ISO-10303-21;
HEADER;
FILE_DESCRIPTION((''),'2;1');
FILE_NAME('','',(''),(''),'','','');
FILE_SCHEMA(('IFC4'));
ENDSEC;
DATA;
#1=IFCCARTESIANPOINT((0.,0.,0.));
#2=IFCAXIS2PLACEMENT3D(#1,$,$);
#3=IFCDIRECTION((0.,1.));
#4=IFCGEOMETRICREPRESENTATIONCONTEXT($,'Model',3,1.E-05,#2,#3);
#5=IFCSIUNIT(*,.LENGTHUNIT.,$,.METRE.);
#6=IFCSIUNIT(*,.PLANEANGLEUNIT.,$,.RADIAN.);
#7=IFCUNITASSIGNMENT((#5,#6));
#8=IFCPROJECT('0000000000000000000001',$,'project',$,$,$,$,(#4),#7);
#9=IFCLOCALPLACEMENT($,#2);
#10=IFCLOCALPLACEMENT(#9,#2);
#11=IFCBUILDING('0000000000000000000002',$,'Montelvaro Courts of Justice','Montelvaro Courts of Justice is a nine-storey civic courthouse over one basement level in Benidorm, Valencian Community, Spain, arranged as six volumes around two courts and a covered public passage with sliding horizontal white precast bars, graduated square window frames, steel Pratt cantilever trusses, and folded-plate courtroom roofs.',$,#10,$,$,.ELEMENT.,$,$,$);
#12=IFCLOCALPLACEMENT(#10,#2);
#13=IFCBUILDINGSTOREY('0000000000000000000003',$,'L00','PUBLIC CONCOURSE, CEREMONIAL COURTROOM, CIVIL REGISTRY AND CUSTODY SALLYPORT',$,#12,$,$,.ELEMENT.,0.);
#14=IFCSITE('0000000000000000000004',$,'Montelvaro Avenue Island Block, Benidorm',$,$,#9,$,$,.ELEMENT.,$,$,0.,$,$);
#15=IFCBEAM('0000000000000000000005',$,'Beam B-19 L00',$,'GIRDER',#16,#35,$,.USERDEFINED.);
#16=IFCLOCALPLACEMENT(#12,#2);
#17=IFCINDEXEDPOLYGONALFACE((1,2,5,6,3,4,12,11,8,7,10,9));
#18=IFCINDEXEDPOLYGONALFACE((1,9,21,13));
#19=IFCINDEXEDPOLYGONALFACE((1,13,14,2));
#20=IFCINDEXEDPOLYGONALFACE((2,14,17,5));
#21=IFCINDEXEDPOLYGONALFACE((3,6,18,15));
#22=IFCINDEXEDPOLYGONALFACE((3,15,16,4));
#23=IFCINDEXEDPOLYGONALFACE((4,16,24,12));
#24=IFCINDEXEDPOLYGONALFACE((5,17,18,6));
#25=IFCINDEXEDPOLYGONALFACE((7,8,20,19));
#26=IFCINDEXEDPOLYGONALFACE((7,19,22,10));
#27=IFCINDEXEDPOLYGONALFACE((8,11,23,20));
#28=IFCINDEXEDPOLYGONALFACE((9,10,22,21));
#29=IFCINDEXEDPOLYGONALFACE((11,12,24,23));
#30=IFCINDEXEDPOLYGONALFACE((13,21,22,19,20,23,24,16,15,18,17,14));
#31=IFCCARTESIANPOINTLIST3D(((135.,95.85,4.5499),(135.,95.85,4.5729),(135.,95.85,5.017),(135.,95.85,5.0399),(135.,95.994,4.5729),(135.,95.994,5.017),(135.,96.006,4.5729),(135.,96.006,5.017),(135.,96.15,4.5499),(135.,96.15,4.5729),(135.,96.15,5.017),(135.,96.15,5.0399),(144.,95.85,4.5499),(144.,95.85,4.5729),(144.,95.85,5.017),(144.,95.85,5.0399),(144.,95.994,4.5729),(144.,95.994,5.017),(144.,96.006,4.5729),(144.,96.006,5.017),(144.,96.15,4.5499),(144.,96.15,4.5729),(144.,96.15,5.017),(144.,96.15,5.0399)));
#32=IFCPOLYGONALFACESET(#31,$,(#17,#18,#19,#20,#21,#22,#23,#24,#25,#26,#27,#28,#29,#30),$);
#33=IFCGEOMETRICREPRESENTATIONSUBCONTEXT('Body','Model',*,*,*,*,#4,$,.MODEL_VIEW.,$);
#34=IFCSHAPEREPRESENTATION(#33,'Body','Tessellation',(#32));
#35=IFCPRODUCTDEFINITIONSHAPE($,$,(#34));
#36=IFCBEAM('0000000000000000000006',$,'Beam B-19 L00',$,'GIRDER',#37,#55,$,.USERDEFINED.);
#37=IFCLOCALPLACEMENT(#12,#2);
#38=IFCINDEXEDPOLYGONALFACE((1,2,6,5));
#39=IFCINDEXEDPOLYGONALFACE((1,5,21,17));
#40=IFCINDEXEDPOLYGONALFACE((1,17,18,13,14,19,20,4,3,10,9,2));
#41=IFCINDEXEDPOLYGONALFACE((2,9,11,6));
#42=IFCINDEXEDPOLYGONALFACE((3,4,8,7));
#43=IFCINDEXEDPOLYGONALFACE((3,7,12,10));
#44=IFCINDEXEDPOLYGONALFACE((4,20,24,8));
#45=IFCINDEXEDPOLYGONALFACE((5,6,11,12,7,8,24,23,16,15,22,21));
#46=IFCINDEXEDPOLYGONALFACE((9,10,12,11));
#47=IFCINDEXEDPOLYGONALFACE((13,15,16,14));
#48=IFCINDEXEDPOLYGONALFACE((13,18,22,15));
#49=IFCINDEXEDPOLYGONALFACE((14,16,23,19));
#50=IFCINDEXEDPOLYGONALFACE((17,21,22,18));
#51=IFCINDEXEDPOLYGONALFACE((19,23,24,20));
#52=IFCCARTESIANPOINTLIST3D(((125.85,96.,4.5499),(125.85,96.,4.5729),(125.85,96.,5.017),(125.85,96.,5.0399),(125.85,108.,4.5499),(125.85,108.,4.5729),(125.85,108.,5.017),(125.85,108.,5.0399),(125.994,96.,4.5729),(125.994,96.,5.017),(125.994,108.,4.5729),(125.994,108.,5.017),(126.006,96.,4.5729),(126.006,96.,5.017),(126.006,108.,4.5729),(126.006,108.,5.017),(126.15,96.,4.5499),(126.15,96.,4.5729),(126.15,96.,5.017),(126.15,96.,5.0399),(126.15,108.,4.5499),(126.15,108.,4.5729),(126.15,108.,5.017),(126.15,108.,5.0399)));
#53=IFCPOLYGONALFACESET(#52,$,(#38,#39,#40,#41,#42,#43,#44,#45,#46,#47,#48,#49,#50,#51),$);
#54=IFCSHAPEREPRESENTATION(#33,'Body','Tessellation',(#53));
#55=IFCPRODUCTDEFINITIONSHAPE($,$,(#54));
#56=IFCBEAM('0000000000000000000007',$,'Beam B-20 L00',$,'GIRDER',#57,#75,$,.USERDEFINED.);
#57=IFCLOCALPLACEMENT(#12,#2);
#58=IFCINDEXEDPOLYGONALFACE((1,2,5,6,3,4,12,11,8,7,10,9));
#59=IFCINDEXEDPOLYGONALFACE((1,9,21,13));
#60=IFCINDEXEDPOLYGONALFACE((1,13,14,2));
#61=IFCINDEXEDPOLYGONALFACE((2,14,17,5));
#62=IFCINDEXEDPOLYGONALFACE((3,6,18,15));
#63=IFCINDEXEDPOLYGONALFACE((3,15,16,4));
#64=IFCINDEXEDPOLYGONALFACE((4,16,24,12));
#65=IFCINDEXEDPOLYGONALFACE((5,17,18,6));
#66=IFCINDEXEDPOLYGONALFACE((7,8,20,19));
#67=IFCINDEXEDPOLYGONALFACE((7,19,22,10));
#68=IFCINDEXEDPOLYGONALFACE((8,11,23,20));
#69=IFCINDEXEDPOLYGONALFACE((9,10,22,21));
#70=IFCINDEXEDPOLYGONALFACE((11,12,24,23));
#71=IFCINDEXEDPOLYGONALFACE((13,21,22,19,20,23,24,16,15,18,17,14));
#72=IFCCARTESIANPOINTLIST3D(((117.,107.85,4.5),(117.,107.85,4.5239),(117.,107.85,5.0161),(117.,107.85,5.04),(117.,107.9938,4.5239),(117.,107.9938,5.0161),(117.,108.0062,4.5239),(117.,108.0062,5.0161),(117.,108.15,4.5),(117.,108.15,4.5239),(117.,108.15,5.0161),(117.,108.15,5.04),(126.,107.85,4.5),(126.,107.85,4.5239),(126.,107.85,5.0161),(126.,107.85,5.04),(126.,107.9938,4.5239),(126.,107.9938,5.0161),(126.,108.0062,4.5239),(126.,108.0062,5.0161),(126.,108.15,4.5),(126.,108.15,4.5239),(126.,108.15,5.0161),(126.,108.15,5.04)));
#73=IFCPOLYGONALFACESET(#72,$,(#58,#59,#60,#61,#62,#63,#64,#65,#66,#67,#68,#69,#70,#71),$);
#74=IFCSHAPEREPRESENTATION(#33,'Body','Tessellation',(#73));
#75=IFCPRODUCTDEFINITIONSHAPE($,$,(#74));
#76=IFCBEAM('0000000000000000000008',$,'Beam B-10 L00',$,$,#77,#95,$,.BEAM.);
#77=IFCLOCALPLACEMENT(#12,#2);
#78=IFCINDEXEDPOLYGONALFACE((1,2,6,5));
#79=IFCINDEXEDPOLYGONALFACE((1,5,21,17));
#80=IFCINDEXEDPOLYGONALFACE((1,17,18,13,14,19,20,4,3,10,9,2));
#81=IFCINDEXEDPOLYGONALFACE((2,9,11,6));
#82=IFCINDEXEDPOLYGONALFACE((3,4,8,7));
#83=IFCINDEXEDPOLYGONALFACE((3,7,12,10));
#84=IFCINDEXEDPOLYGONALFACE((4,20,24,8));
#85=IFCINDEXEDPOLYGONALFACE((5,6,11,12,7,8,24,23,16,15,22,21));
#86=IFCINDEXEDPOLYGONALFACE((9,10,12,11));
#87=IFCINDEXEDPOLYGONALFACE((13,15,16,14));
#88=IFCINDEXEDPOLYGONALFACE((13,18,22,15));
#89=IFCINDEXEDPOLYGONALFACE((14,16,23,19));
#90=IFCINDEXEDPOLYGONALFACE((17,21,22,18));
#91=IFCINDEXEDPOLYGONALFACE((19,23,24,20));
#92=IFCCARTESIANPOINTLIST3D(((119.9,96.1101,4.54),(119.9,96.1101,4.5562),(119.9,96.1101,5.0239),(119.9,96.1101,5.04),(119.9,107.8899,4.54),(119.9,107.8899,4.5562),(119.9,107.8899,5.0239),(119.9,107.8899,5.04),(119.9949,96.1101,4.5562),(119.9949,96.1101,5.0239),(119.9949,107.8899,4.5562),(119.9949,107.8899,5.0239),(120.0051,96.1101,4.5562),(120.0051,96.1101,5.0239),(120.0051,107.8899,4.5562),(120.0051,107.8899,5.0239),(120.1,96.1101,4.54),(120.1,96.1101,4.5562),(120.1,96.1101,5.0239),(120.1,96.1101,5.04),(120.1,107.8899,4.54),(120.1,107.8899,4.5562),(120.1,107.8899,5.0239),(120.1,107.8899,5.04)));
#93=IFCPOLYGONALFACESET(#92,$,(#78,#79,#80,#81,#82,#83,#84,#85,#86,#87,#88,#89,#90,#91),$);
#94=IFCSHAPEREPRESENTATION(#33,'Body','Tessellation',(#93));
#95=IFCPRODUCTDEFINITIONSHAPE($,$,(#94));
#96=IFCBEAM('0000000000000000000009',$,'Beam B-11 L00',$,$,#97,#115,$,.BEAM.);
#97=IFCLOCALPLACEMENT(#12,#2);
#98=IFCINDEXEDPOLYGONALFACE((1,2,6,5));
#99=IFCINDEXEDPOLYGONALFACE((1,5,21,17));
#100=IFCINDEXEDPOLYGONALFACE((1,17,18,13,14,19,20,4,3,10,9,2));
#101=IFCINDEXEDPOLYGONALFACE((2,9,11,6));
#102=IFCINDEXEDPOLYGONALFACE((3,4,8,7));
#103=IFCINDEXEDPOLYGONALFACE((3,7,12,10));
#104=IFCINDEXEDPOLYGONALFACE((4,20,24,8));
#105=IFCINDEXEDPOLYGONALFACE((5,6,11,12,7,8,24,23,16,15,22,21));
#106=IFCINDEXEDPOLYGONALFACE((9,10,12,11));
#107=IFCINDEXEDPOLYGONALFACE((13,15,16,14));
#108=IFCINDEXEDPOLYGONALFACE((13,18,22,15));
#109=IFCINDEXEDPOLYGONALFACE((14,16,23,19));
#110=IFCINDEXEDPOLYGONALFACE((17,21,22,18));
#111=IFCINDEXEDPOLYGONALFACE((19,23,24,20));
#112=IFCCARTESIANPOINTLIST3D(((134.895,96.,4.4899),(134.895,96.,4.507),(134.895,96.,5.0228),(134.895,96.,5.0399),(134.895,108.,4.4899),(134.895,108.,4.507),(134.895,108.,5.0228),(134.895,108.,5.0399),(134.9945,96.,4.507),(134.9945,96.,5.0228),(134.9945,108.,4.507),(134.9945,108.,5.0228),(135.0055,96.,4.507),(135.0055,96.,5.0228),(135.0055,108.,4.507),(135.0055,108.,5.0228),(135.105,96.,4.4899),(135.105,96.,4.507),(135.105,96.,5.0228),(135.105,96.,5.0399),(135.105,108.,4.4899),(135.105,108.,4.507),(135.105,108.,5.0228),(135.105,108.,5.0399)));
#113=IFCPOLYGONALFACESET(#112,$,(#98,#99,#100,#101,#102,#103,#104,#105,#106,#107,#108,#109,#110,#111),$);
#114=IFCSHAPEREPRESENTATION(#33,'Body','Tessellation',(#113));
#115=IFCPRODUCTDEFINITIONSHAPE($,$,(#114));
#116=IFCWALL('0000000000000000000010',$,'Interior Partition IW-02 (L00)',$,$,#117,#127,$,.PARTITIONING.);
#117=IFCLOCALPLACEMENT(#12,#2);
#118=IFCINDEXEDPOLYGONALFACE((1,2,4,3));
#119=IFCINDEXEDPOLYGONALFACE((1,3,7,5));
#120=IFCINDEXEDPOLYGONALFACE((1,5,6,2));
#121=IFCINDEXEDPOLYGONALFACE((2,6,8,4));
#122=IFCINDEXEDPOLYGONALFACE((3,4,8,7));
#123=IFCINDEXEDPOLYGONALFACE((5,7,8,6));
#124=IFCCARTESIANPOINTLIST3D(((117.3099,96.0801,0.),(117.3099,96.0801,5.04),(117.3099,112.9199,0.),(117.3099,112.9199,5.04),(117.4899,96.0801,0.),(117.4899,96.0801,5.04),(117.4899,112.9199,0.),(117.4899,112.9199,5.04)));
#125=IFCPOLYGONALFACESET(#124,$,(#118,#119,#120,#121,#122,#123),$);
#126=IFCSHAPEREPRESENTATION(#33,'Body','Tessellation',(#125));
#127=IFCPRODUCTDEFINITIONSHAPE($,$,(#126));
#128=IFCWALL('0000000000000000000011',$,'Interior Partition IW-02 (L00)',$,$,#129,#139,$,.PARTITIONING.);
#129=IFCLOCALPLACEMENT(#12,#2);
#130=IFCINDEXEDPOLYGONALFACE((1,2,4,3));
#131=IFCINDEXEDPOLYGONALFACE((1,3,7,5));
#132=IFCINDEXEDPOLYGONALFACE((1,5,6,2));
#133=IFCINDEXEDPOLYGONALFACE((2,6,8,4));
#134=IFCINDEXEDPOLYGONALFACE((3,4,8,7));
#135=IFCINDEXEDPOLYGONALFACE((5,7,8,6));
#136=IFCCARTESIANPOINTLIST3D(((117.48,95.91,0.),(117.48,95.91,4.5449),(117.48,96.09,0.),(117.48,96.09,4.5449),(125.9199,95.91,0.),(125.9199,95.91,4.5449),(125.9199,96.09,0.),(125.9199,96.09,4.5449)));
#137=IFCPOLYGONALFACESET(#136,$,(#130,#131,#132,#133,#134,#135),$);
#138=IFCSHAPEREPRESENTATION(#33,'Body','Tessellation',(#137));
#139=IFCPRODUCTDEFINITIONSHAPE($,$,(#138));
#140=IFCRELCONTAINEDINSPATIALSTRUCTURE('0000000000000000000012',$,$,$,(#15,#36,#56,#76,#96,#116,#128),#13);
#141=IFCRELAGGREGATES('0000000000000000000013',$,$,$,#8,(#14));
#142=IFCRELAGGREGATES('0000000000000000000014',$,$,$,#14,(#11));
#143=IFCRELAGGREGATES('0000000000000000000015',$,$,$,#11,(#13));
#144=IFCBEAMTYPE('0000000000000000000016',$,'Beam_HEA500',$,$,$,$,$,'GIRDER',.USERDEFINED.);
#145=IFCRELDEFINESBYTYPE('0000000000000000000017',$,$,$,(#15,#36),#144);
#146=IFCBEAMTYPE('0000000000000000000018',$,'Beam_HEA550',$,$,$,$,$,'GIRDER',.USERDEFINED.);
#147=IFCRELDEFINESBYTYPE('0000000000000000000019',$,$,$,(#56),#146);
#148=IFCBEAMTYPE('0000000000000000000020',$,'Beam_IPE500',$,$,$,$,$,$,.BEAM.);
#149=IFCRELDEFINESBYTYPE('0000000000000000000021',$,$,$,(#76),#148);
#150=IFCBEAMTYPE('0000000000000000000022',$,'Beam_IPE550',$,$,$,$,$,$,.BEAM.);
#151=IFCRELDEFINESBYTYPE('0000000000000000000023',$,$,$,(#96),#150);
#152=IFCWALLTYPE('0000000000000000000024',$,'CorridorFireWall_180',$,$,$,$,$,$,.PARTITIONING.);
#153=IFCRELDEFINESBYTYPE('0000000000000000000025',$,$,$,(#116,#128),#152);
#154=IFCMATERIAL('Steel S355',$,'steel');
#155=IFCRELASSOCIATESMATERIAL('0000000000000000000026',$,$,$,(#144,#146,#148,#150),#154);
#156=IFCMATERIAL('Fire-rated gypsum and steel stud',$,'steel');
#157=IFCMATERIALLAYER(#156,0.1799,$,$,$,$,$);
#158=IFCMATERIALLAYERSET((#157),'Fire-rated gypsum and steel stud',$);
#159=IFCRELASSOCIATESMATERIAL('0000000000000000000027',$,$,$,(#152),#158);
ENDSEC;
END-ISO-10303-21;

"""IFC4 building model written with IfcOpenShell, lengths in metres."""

from ifc_helpers import new_model, si_unit, direction, frame, frame_2d, origin, origin_2d, place, context, subcontext, project, spatial, rectangle, i_section, extrude, material, layer, layer_set, material_profile, profile_set, type_object, element, save


model = new_model("IFC4")

# Units and contexts
model_context = context("Model", 3, precision=1e-05, world=origin(), true_north=direction((0.0, 1.0)))
body_context = subcontext(model_context, "Body", "Model", "MODEL_VIEW")
ifc_project = project(units=[si_unit("LENGTHUNIT", "METRE"), si_unit("PLANEANGLEUNIT", "RADIAN")], contexts=[model_context])

# Site, building, storey
site_placement = place(None, origin())
site = spatial("IfcSite", under=ifc_project, at=site_placement, Name="Montelvaro Avenue Island Block, Benidorm", CompositionType="ELEMENT", RefElevation=0.0)
building_placement = place(site_placement, origin())
building = spatial("IfcBuilding", under=site, at=building_placement, Name="Montelvaro Courts of Justice", Description="Montelvaro Courts of Justice is a nine-storey civic courthouse over one basement level in Benidorm, Valencian Community, Spain, arranged as six volumes around two courts and a covered public passage with sliding horizontal white precast bars, graduated square window frames, steel Pratt cantilever trusses, and folded-plate courtroom roofs.", CompositionType="ELEMENT")
storey_placement = place(building_placement, origin())
storey = spatial("IfcBuildingStorey", under=building, at=storey_placement, Name="L00", Description="PUBLIC CONCOURSE, CEREMONIAL COURTROOM, CIVIL REGISTRY AND CUSTODY SALLYPORT", CompositionType="ELEMENT", Elevation=0.0)

# Shared definitions
ifc_material_1 = material(Name="Steel S355", Category="steel")

# Beams
ifc_material_profile_1 = material_profile(ifc_material_1, i_section(OverallWidth=0.3, OverallDepth=0.49, WebThickness=0.012, FlangeThickness=0.0229, at=origin_2d()), Name="HEA 500")
ifc_profile_set_1 = profile_set([ifc_material_profile_1], Name="Steel S355")
beam_type_1 = type_object("IfcBeamType", Name="Beam_HEA500", ElementType="GIRDER", PredefinedType="USERDEFINED", material=ifc_profile_set_1)
for number, where, z_axis, x_axis, name in (
    (1, (135.0, 96.0, 4.7949), (1.0, 0.0, 0.0), (0.0, 1.0, 0.0), "Beam B-19 L00"),
):
    element("IfcBeam", number, at=place(storey_placement, frame(where, z_axis=z_axis, x_axis=x_axis)), inside=storey, type_object=beam_type_1, Name=name, ObjectType="GIRDER", PredefinedType="USERDEFINED", context=body_context, shape_type="SweptSolid", body=[
        extrude(i_section(OverallWidth=0.3, OverallDepth=0.49, WebThickness=0.012, FlangeThickness=0.0229, at=origin_2d()), origin(), (0.0, 0.0, 1.0), 9.0),
    ])
beam_1_placement = place(storey_placement, frame((126.0, 96.0, 4.7949), z_axis=(0.0, 1.0, 0.0), x_axis=(-1.0, 0.0, 0.0)))
element("IfcBeam", 2, at=beam_1_placement, inside=storey, type_object=beam_type_1, Name="Beam B-19 L00", ObjectType="GIRDER", PredefinedType="USERDEFINED", context=body_context, shape_type="SweptSolid", body=[
    extrude(i_section(OverallWidth=0.3, OverallDepth=0.49, WebThickness=0.012, FlangeThickness=0.0229, at=origin_2d()), origin(), (0.0, 0.0, 1.0), 12.0),
])
ifc_material_profile_2 = material_profile(ifc_material_1, i_section(OverallWidth=0.3, OverallDepth=0.54, WebThickness=0.0125, FlangeThickness=0.0239, at=origin_2d()), Name="HEA 550")
ifc_profile_set_2 = profile_set([ifc_material_profile_2], Name="Steel S355")
beam_type_2 = type_object("IfcBeamType", Name="Beam_HEA550", ElementType="GIRDER", PredefinedType="USERDEFINED", material=ifc_profile_set_2)
beam_2_placement = place(storey_placement, frame((117.0, 108.0, 4.77), z_axis=(1.0, 0.0, 0.0), x_axis=(0.0, 1.0, 0.0)))
element("IfcBeam", 3, at=beam_2_placement, inside=storey, type_object=beam_type_2, Name="Beam B-20 L00", ObjectType="GIRDER", PredefinedType="USERDEFINED", context=body_context, shape_type="SweptSolid", body=[
    extrude(i_section(OverallWidth=0.3, OverallDepth=0.54, WebThickness=0.0125, FlangeThickness=0.0239, at=origin_2d()), origin(), (0.0, 0.0, 1.0), 9.0),
])
ifc_material_profile_3 = material_profile(ifc_material_1, i_section(OverallWidth=0.2, OverallDepth=0.5, WebThickness=0.0103, FlangeThickness=0.0161, at=origin_2d()), Name="IPE 500")
ifc_profile_set_3 = profile_set([ifc_material_profile_3], Name="Steel S355")
beam_type_3 = type_object("IfcBeamType", Name="Beam_IPE500", PredefinedType="BEAM", material=ifc_profile_set_3)
beam_3_placement = place(storey_placement, frame((120.0, 96.1101, 4.79), z_axis=(0.0, 1.0, 0.0), x_axis=(-1.0, 0.0, 0.0)))
element("IfcBeam", 4, at=beam_3_placement, inside=storey, type_object=beam_type_3, Name="Beam B-10 L00", PredefinedType="BEAM", context=body_context, shape_type="SweptSolid", body=[
    extrude(i_section(OverallWidth=0.2, OverallDepth=0.5, WebThickness=0.0103, FlangeThickness=0.0161, at=origin_2d()), origin(), (0.0, 0.0, 1.0), 11.7798),
])
ifc_material_profile_4 = material_profile(ifc_material_1, i_section(OverallWidth=0.21, OverallDepth=0.55, WebThickness=0.011, FlangeThickness=0.0171, at=origin_2d()), Name="IPE 550")
ifc_profile_set_4 = profile_set([ifc_material_profile_4], Name="Steel S355")
beam_type_4 = type_object("IfcBeamType", Name="Beam_IPE550", PredefinedType="BEAM", material=ifc_profile_set_4)
beam_4_placement = place(storey_placement, frame((135.0, 96.0, 4.7649), z_axis=(0.0, 1.0, 0.0), x_axis=(-1.0, 0.0, 0.0)))
element("IfcBeam", 5, at=beam_4_placement, inside=storey, type_object=beam_type_4, Name="Beam B-11 L00", PredefinedType="BEAM", context=body_context, shape_type="SweptSolid", body=[
    extrude(i_section(OverallWidth=0.21, OverallDepth=0.55, WebThickness=0.011, FlangeThickness=0.0171, at=origin_2d()), origin(), (0.0, 0.0, 1.0), 12.0),
])

# Walls
ifc_material_2 = material(Name="Fire-rated gypsum and steel stud", Category="steel")
ifc_layer_1 = layer(ifc_material_2, 0.1799)
ifc_layer_set_1 = layer_set([ifc_layer_1], Name="Fire-rated gypsum and steel stud")
wall_type_1 = type_object("IfcWallType", Name="CorridorFireWall_180", PredefinedType="PARTITIONING", material=ifc_layer_set_1)
wall_1_placement = place(storey_placement, frame((117.3999, 96.0801, 0.0), z_axis=(0.0, 0.0, 1.0), x_axis=(0.0, 1.0, 0.0)))
element("IfcWall", 6, at=wall_1_placement, inside=storey, type_object=wall_type_1, Name="Interior Partition IW-02 (L00)", PredefinedType="PARTITIONING", context=body_context, shape_type="SweptSolid", body=[
    extrude(rectangle(XDim=16.8398, YDim=0.1799, at=frame_2d((8.4199, 0.0))), origin(), (0.0, 0.0, 1.0), 5.04),
])
wall_2_placement = place(storey_placement, frame((125.9199, 96.0, 0.0), z_axis=(0.0, 0.0, 1.0), x_axis=(-1.0, 0.0, 0.0)))
element("IfcWall", 7, at=wall_2_placement, inside=storey, type_object=wall_type_1, Name="Interior Partition IW-02 (L00)", PredefinedType="PARTITIONING", context=body_context, shape_type="SweptSolid", body=[
    extrude(rectangle(XDim=8.4399, YDim=0.1799, at=frame_2d((4.22, 0.0))), origin(), (0.0, 0.0, 1.0), 4.5449),
])

save(model, "model.ifc")
